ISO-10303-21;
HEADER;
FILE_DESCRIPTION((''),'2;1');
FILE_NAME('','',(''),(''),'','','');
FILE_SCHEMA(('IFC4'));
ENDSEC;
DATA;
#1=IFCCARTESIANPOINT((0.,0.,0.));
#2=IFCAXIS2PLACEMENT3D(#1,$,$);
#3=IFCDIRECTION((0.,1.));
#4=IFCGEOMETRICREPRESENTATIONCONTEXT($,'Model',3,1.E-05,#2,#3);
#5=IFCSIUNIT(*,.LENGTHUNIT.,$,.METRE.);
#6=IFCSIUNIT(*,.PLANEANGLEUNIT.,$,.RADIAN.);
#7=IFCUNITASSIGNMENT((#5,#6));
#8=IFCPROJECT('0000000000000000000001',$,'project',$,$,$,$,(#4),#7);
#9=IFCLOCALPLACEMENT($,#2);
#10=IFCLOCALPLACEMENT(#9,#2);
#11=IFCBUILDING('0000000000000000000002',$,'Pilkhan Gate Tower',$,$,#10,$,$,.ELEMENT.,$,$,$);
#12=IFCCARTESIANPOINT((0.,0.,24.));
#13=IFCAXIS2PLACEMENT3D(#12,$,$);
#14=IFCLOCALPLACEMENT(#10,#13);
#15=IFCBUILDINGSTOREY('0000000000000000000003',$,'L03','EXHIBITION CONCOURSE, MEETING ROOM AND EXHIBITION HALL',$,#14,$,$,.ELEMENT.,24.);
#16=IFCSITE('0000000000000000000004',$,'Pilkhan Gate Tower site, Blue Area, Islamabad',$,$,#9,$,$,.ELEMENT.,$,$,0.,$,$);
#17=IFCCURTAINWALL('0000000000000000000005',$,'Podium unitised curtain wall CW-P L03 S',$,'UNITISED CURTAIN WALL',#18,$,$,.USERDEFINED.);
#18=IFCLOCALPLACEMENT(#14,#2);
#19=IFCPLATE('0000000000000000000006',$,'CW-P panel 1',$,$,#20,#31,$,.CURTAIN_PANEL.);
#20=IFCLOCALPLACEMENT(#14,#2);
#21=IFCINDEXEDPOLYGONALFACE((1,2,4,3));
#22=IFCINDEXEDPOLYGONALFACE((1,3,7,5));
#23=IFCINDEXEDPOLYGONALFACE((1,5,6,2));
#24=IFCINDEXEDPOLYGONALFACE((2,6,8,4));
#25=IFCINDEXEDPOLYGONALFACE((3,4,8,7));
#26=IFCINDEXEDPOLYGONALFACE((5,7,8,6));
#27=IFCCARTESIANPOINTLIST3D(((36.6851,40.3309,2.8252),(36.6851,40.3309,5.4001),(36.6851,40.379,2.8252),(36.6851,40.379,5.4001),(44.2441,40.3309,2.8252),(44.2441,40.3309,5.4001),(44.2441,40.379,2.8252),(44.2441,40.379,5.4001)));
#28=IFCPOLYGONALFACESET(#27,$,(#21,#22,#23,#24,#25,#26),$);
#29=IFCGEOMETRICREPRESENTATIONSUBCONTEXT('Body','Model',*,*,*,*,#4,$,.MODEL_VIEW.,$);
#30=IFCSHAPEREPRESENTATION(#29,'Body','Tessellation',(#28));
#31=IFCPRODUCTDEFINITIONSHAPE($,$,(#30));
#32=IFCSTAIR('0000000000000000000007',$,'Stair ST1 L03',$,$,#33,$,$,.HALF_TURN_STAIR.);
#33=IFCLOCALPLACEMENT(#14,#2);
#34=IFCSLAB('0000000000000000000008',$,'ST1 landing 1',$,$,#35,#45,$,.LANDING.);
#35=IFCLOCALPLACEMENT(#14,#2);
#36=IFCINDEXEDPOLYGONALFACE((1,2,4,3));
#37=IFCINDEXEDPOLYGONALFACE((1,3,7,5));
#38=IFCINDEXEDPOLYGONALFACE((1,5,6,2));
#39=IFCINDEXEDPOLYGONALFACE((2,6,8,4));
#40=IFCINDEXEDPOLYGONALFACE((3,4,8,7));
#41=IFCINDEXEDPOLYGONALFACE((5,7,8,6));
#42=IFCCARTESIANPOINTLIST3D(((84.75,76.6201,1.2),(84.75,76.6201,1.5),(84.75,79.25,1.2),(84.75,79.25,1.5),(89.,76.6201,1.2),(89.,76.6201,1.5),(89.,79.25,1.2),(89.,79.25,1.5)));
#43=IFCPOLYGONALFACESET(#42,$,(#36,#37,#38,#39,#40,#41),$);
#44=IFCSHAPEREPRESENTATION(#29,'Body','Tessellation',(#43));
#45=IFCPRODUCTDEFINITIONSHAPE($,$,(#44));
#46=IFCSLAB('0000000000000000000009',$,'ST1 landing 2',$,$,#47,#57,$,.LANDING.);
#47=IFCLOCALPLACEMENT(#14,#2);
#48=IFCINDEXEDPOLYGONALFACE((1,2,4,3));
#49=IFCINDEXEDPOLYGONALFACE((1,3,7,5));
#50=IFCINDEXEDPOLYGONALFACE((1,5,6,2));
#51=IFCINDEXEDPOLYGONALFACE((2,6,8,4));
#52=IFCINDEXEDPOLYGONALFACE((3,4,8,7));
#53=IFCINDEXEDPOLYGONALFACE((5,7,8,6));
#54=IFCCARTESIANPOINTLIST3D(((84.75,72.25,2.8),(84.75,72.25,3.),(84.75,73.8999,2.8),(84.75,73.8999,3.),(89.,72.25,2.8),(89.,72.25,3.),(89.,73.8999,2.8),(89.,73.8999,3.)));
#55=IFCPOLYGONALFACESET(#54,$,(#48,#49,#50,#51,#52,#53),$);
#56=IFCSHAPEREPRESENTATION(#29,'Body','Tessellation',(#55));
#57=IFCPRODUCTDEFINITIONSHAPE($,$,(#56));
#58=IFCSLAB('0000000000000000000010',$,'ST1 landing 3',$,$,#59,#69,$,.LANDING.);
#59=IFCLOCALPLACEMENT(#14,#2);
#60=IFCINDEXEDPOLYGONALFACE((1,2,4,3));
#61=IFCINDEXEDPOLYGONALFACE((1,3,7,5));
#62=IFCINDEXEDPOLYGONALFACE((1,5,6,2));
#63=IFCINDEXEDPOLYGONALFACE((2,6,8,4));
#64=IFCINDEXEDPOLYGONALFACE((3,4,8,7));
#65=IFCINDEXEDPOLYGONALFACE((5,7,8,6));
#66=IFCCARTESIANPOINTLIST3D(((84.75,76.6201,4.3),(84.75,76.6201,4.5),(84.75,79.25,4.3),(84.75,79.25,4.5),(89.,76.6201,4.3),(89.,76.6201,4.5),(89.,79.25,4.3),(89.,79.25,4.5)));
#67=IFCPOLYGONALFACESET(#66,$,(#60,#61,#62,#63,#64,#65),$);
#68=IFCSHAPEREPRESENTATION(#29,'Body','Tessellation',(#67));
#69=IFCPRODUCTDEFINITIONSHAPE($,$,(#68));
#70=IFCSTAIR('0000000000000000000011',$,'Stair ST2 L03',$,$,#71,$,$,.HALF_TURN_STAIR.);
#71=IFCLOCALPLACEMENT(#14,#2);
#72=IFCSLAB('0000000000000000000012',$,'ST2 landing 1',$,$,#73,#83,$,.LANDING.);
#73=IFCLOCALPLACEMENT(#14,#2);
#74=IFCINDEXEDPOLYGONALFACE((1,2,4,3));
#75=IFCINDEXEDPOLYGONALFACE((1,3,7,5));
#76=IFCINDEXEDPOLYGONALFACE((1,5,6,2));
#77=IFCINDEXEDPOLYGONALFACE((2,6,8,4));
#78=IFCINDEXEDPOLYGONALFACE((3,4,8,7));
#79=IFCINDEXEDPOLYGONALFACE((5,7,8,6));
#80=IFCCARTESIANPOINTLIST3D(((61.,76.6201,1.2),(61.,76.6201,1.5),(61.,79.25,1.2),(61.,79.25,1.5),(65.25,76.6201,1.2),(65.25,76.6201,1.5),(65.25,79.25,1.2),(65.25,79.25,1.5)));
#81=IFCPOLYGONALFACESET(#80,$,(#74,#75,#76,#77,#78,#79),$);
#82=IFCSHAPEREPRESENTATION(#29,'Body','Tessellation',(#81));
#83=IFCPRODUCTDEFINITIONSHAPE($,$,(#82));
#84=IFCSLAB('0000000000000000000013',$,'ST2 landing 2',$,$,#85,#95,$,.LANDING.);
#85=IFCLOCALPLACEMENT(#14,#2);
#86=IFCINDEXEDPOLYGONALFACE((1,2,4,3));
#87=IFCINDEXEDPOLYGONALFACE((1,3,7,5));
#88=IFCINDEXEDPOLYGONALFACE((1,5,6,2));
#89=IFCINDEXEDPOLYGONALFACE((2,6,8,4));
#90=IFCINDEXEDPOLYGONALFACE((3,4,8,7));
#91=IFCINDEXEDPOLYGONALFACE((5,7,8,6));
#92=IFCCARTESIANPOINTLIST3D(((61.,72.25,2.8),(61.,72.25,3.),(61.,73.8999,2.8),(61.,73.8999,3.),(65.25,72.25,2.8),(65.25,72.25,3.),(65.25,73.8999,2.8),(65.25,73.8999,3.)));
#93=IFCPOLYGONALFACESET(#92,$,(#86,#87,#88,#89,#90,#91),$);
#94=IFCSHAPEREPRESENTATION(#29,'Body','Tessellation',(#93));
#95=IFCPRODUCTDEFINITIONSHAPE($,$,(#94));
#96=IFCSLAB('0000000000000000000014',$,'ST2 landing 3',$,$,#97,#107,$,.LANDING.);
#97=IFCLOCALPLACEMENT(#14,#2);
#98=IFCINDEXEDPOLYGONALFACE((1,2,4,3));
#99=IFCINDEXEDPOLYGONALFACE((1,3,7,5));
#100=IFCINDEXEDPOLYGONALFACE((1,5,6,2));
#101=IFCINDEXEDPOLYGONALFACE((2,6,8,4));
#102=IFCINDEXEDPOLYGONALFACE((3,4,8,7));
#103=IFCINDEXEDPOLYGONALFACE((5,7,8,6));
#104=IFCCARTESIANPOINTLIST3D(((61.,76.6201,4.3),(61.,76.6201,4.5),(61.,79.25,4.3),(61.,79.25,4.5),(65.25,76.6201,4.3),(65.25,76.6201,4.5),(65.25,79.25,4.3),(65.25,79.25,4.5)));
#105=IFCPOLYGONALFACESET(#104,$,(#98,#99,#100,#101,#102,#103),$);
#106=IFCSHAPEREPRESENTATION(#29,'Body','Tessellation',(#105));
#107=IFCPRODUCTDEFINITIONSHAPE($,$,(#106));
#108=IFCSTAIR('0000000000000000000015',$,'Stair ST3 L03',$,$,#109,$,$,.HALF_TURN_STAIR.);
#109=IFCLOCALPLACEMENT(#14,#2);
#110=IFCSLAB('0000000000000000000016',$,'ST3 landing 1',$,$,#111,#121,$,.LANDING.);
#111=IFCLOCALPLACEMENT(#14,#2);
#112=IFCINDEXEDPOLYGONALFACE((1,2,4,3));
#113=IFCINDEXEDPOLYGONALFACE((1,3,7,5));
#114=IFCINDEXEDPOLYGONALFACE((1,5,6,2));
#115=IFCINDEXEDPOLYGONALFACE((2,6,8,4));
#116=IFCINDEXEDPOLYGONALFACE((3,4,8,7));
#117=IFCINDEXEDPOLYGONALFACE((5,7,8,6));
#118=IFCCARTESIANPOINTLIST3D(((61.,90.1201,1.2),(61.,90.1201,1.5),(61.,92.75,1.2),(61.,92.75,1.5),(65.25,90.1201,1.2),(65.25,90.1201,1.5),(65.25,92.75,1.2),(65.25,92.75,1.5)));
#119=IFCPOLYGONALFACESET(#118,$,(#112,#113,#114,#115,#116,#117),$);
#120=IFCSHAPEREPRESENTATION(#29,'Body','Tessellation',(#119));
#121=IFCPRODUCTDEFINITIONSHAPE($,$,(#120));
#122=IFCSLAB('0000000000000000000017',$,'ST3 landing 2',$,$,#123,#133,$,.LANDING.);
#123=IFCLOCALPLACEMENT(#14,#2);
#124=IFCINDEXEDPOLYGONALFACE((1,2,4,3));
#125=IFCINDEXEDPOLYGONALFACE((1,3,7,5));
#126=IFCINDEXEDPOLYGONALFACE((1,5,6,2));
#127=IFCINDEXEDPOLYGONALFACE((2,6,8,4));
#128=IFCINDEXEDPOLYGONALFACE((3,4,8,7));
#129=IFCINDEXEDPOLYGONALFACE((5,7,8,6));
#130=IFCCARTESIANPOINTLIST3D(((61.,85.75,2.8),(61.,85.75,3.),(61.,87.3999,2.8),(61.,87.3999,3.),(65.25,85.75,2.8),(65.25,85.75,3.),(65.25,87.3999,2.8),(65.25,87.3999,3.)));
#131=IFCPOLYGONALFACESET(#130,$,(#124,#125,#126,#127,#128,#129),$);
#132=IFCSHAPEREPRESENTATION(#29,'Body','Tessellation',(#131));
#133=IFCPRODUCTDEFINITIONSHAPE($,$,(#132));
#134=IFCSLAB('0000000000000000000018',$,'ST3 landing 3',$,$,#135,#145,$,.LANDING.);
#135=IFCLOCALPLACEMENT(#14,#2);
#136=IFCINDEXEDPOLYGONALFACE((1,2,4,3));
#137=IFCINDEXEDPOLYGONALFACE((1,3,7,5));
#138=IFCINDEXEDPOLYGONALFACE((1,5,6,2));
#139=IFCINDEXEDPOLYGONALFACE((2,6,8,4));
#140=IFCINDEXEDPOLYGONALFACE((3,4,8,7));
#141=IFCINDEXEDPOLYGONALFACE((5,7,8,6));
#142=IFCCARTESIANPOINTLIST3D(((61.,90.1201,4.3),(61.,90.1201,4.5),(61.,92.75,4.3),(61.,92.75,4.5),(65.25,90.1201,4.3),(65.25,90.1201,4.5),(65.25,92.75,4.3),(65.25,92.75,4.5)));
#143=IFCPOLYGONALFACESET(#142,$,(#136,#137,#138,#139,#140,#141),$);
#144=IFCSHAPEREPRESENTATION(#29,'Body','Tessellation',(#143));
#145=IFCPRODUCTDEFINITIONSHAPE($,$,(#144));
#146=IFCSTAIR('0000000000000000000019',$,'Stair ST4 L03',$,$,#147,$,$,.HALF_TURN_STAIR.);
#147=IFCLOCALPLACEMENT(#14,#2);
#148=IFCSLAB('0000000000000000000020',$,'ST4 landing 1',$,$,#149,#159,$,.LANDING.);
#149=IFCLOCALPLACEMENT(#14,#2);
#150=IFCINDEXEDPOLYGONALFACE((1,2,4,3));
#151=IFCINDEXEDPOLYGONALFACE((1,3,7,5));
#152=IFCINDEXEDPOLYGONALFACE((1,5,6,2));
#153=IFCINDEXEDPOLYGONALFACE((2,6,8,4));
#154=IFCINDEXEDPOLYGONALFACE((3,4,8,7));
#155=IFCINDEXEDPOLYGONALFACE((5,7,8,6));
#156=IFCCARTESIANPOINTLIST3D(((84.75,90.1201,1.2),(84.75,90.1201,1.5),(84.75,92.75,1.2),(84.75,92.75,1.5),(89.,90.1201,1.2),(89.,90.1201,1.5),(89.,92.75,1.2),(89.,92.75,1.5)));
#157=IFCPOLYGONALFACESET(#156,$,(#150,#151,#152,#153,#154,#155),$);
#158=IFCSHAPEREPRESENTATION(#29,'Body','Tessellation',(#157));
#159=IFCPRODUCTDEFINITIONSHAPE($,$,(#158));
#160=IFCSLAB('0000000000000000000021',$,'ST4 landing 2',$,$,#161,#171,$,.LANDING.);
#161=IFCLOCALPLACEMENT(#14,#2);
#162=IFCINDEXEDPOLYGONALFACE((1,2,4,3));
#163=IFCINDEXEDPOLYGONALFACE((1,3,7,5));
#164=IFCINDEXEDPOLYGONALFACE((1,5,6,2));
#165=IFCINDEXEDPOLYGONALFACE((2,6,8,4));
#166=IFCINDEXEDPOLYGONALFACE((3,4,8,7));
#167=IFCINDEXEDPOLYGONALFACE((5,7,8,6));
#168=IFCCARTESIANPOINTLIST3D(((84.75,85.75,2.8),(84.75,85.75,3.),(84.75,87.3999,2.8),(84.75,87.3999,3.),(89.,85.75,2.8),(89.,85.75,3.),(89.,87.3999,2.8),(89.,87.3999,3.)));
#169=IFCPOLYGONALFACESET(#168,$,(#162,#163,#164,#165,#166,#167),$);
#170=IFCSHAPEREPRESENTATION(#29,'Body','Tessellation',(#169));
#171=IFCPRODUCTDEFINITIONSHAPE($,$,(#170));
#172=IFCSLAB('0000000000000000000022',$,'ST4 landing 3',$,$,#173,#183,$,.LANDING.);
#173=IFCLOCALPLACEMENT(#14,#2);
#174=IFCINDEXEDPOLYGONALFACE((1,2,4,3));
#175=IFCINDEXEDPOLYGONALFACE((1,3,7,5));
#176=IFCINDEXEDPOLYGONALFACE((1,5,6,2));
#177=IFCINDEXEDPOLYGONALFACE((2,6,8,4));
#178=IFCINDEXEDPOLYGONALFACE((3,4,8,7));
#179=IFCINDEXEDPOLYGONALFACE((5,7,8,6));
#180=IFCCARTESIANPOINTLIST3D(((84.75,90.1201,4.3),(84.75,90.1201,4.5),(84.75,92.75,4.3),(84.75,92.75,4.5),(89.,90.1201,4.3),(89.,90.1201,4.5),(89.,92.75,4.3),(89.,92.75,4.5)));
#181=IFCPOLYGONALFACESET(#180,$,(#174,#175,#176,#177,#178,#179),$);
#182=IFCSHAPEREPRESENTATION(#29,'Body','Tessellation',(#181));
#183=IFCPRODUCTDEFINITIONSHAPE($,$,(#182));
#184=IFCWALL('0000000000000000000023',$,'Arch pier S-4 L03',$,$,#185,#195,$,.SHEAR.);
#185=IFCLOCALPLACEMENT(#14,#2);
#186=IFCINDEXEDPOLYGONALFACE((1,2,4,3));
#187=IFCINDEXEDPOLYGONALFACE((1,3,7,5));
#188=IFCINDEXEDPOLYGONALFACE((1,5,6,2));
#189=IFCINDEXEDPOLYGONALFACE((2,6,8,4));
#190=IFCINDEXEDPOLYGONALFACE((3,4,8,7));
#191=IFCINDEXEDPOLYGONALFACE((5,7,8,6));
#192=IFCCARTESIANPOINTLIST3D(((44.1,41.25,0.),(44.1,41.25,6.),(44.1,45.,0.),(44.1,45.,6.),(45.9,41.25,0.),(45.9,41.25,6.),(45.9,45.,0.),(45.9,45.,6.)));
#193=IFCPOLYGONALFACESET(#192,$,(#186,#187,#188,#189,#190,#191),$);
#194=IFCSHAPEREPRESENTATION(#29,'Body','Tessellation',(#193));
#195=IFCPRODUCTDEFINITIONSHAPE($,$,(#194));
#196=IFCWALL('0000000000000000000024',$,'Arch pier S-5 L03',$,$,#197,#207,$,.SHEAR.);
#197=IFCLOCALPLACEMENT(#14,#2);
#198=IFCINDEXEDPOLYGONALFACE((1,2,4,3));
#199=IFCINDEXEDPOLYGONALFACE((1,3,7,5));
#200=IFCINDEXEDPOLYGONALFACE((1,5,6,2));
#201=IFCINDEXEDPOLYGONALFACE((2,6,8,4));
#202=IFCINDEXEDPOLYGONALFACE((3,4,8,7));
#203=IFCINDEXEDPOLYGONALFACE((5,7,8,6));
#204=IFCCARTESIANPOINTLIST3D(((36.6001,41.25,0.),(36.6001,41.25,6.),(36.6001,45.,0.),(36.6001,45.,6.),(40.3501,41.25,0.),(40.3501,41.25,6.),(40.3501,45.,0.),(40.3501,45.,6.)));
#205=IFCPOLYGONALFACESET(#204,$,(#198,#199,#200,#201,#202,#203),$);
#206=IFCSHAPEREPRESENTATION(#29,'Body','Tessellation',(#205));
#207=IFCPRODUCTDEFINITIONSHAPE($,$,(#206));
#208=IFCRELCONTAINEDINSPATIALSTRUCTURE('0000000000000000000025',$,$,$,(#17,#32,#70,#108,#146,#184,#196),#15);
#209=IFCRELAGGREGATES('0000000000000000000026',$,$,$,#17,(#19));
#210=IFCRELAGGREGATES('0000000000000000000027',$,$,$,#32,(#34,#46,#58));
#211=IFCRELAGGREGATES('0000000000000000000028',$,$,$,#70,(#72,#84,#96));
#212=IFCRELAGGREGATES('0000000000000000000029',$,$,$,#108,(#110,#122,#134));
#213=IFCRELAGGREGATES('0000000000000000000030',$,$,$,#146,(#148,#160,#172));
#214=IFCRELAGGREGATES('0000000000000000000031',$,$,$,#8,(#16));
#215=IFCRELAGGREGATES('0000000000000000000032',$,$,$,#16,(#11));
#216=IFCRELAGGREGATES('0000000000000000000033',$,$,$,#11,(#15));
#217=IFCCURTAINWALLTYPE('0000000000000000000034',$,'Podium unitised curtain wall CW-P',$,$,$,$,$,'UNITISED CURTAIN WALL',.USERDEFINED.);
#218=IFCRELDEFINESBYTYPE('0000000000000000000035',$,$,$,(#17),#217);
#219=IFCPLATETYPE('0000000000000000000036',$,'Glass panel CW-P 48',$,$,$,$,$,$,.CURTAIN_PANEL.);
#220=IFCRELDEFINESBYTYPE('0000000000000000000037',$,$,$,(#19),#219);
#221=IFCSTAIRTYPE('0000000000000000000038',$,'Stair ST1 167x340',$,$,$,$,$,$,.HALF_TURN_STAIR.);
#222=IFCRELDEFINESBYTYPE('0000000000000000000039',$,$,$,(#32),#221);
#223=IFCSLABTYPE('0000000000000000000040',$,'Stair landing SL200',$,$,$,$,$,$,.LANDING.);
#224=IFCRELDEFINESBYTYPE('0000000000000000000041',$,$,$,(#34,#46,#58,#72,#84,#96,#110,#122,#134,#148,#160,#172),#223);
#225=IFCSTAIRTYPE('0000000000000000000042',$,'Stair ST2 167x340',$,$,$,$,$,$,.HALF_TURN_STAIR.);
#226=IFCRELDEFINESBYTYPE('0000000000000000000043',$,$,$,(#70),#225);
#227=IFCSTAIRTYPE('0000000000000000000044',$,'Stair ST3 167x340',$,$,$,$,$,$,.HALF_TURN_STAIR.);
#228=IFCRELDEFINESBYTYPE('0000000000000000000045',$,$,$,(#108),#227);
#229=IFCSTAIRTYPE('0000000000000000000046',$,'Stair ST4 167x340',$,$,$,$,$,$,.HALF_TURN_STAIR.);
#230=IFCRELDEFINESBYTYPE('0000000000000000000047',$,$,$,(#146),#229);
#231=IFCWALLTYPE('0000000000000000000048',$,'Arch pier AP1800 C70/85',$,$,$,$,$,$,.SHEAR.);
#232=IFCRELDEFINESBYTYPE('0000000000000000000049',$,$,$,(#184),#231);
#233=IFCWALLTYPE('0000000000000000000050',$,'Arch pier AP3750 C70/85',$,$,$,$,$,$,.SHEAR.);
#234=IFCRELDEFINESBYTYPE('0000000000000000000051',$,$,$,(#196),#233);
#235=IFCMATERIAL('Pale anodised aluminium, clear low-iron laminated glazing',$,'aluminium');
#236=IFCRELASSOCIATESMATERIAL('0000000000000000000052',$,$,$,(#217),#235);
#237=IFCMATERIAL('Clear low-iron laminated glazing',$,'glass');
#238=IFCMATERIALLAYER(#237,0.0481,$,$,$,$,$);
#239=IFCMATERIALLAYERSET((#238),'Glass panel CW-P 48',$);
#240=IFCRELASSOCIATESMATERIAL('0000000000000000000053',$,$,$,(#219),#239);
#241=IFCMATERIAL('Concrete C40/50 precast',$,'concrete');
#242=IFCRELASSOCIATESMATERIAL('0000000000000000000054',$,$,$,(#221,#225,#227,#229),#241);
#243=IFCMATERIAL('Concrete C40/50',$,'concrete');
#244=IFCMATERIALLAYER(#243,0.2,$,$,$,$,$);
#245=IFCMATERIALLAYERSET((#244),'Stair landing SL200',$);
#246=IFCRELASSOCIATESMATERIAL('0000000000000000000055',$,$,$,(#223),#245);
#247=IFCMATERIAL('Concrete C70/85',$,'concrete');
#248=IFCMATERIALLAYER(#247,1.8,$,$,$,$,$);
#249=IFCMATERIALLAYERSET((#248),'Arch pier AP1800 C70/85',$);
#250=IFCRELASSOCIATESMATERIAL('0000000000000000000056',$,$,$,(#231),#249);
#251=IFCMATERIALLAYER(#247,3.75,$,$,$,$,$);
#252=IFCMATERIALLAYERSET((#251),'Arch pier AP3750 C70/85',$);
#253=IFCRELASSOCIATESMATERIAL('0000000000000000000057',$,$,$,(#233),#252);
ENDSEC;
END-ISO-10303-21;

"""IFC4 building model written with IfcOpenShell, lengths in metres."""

from ifc_helpers import new_model, si_unit, direction, frame, frame_2d, origin, origin_2d, place, context, subcontext, project, spatial, polyline, rectangle, outline, extrude, material, layer, layer_set, type_object, element, aggregate, save


model = new_model("IFC4")

# Units and contexts
model_context = context("Model", 3, precision=1e-05, world=origin(), true_north=direction((0.0, 1.0)))
body_context = subcontext(model_context, "Body", "Model", "MODEL_VIEW")
ifc_project = project(units=[si_unit("LENGTHUNIT", "METRE"), si_unit("PLANEANGLEUNIT", "RADIAN")], contexts=[model_context])

# Site, building, storey
site_placement = place(None, origin())
site = spatial("IfcSite", under=ifc_project, at=site_placement, Name="Pilkhan Gate Tower site, Blue Area, Islamabad", CompositionType="ELEMENT", RefElevation=0.0)
building_placement = place(site_placement, origin())
building = spatial("IfcBuilding", under=site, at=building_placement, Name="Pilkhan Gate Tower", CompositionType="ELEMENT")
storey_placement = place(building_placement, frame((0.0, 0.0, 24.0)))
storey = spatial("IfcBuildingStorey", under=building, at=storey_placement, Name="L03", Description="EXHIBITION CONCOURSE, MEETING ROOM AND EXHIBITION HALL", CompositionType="ELEMENT", Elevation=24.0)

# Shared definitions
ifc_material_1 = material(Name="Pale anodised aluminium, clear low-iron laminated glazing", Category="aluminium")
curtain_wall_type = type_object("IfcCurtainWallType", Name="Podium unitised curtain wall CW-P", ElementType="UNITISED CURTAIN WALL", PredefinedType="USERDEFINED", material=ifc_material_1)

# Curtain wall
curtain_wall_1_placement = place(storey_placement, origin())
curtain_wall_1 = element("IfcCurtainWall", 1, at=curtain_wall_1_placement, inside=storey, type_object=curtain_wall_type, Name="Podium unitised curtain wall CW-P L03 S", ObjectType="UNITISED CURTAIN WALL", PredefinedType="USERDEFINED")

# Shared definitions
ifc_material_2 = material(Name="Concrete C40/50", Category="concrete")

# Plate
ifc_material_3 = material(Name="Clear low-iron laminated glazing", Category="glass")
ifc_layer_1 = layer(ifc_material_3, 0.0481)
ifc_layer_set_1 = layer_set([ifc_layer_1], Name="Glass panel CW-P 48")
plate_type = type_object("IfcPlateType", Name="Glass panel CW-P 48", PredefinedType="CURTAIN_PANEL", material=ifc_layer_set_1)
plate_1_placement = place(storey_placement, frame((40.4646, 40.355, 2.8252), z_axis=(0.0, 0.0, 1.0), x_axis=(1.0, 0.0, 0.0)))
plate_1 = element("IfcPlate", 2, at=plate_1_placement, type_object=plate_type, Name="CW-P panel 1", PredefinedType="CURTAIN_PANEL", context=body_context, shape_type="SweptSolid", body=[
    extrude(rectangle(XDim=7.5591, YDim=0.0481, at=origin_2d()), origin(), (0.0, 0.0, 1.0), 2.575),
])
aggregate(curtain_wall_1, [plate_1])

# Stairs, slabs
ifc_material_4 = material(Name="Concrete C40/50 precast", Category="concrete")
stair_type_1 = type_object("IfcStairType", Name="Stair ST1 167x340", PredefinedType="HALF_TURN_STAIR", material=ifc_material_4)
stair_1_placement = place(storey_placement, origin())
stair_1 = element("IfcStair", 3, at=stair_1_placement, inside=storey, type_object=stair_type_1, Name="Stair ST1 L03", PredefinedType="HALF_TURN_STAIR")
ifc_layer_2 = layer(ifc_material_2, 0.2)
ifc_layer_set_2 = layer_set([ifc_layer_2], Name="Stair landing SL200")
slab_type_1 = type_object("IfcSlabType", Name="Stair landing SL200", PredefinedType="LANDING", material=ifc_layer_set_2)
slab_1_placement = place(storey_placement, frame((0.0, 0.0, 1.2)))
slab_1 = element("IfcSlab", 4, at=slab_1_placement, type_object=slab_type_1, Name="ST1 landing 1", PredefinedType="LANDING", context=body_context, shape_type="SweptSolid", body=[
    extrude(outline(polyline([(89.0, 76.6201), (89.0, 79.25), (84.75, 79.25), (84.75, 76.6201), (89.0, 76.6201)])), origin(), (0.0, 0.0, 1.0), 0.3),
])
slab_2_placement = place(storey_placement, frame((0.0, 0.0, 2.8)))
slab_2 = element("IfcSlab", 5, at=slab_2_placement, type_object=slab_type_1, Name="ST1 landing 2", PredefinedType="LANDING", context=body_context, shape_type="SweptSolid", body=[
    extrude(outline(polyline([(89.0, 72.25), (89.0, 73.8999), (84.75, 73.8999), (84.75, 72.25), (89.0, 72.25)])), origin(), (0.0, 0.0, 1.0), 0.2),
])
slab_3_placement = place(storey_placement, frame((0.0, 0.0, 4.3)))
slab_3 = element("IfcSlab", 6, at=slab_3_placement, type_object=slab_type_1, Name="ST1 landing 3", PredefinedType="LANDING", context=body_context, shape_type="SweptSolid", body=[
    extrude(outline(polyline([(89.0, 76.6201), (89.0, 79.25), (84.75, 79.25), (84.75, 76.6201), (89.0, 76.6201)])), origin(), (0.0, 0.0, 1.0), 0.2),
])
aggregate(stair_1, [slab_1, slab_2, slab_3])
stair_type_2 = type_object("IfcStairType", Name="Stair ST2 167x340", PredefinedType="HALF_TURN_STAIR", material=ifc_material_4)
stair_2_placement = place(storey_placement, origin())
stair_2 = element("IfcStair", 7, at=stair_2_placement, inside=storey, type_object=stair_type_2, Name="Stair ST2 L03", PredefinedType="HALF_TURN_STAIR")
slab_4_placement = place(storey_placement, frame((0.0, 0.0, 1.2)))
slab_4 = element("IfcSlab", 8, at=slab_4_placement, type_object=slab_type_1, Name="ST2 landing 1", PredefinedType="LANDING", context=body_context, shape_type="SweptSolid", body=[
    extrude(outline(polyline([(65.25, 76.6201), (65.25, 79.25), (61.0, 79.25), (61.0, 76.6201), (65.25, 76.6201)])), origin(), (0.0, 0.0, 1.0), 0.3),
])
slab_5_placement = place(storey_placement, frame((0.0, 0.0, 2.8)))
slab_5 = element("IfcSlab", 9, at=slab_5_placement, type_object=slab_type_1, Name="ST2 landing 2", PredefinedType="LANDING", context=body_context, shape_type="SweptSolid", body=[
    extrude(outline(polyline([(65.25, 72.25), (65.25, 73.8999), (61.0, 73.8999), (61.0, 72.25), (65.25, 72.25)])), origin(), (0.0, 0.0, 1.0), 0.2),
])
slab_6_placement = place(storey_placement, frame((0.0, 0.0, 4.3)))
slab_6 = element("IfcSlab", 10, at=slab_6_placement, type_object=slab_type_1, Name="ST2 landing 3", PredefinedType="LANDING", context=body_context, shape_type="SweptSolid", body=[
    extrude(outline(polyline([(65.25, 76.6201), (65.25, 79.25), (61.0, 79.25), (61.0, 76.6201), (65.25, 76.6201)])), origin(), (0.0, 0.0, 1.0), 0.2),
])
aggregate(stair_2, [slab_4, slab_5, slab_6])
stair_type_3 = type_object("IfcStairType", Name="Stair ST3 167x340", PredefinedType="HALF_TURN_STAIR", material=ifc_material_4)
stair_3_placement = place(storey_placement, origin())
stair_3 = element("IfcStair", 11, at=stair_3_placement, inside=storey, type_object=stair_type_3, Name="Stair ST3 L03", PredefinedType="HALF_TURN_STAIR")
slab_7_placement = place(storey_placement, frame((0.0, 0.0, 1.2)))
slab_7 = element("IfcSlab", 12, at=slab_7_placement, type_object=slab_type_1, Name="ST3 landing 1", PredefinedType="LANDING", context=body_context, shape_type="SweptSolid", body=[
    extrude(outline(polyline([(65.25, 90.1201), (65.25, 92.75), (61.0, 92.75), (61.0, 90.1201), (65.25, 90.1201)])), origin(), (0.0, 0.0, 1.0), 0.3),
])
slab_8_placement = place(storey_placement, frame((0.0, 0.0, 2.8)))
slab_8 = element("IfcSlab", 13, at=slab_8_placement, type_object=slab_type_1, Name="ST3 landing 2", PredefinedType="LANDING", context=body_context, shape_type="SweptSolid", body=[
    extrude(outline(polyline([(65.25, 85.75), (65.25, 87.3999), (61.0, 87.3999), (61.0, 85.75), (65.25, 85.75)])), origin(), (0.0, 0.0, 1.0), 0.2),
])
slab_9_placement = place(storey_placement, frame((0.0, 0.0, 4.3)))
slab_9 = element("IfcSlab", 14, at=slab_9_placement, type_object=slab_type_1, Name="ST3 landing 3", PredefinedType="LANDING", context=body_context, shape_type="SweptSolid", body=[
    extrude(outline(polyline([(65.25, 90.1201), (65.25, 92.75), (61.0, 92.75), (61.0, 90.1201), (65.25, 90.1201)])), origin(), (0.0, 0.0, 1.0), 0.2),
])
aggregate(stair_3, [slab_7, slab_8, slab_9])
stair_type_4 = type_object("IfcStairType", Name="Stair ST4 167x340", PredefinedType="HALF_TURN_STAIR", material=ifc_material_4)
stair_4_placement = place(storey_placement, origin())
stair_4 = element("IfcStair", 15, at=stair_4_placement, inside=storey, type_object=stair_type_4, Name="Stair ST4 L03", PredefinedType="HALF_TURN_STAIR")
slab_10_placement = place(storey_placement, frame((0.0, 0.0, 1.2)))
slab_10 = element("IfcSlab", 16, at=slab_10_placement, type_object=slab_type_1, Name="ST4 landing 1", PredefinedType="LANDING", context=body_context, shape_type="SweptSolid", body=[
    extrude(outline(polyline([(89.0, 90.1201), (89.0, 92.75), (84.75, 92.75), (84.75, 90.1201), (89.0, 90.1201)])), origin(), (0.0, 0.0, 1.0), 0.3),
])
slab_11_placement = place(storey_placement, frame((0.0, 0.0, 2.8)))
slab_11 = element("IfcSlab", 17, at=slab_11_placement, type_object=slab_type_1, Name="ST4 landing 2", PredefinedType="LANDING", context=body_context, shape_type="SweptSolid", body=[
    extrude(outline(polyline([(89.0, 85.75), (89.0, 87.3999), (84.75, 87.3999), (84.75, 85.75), (89.0, 85.75)])), origin(), (0.0, 0.0, 1.0), 0.2),
])
slab_12_placement = place(storey_placement, frame((0.0, 0.0, 4.3)))
slab_12 = element("IfcSlab", 18, at=slab_12_placement, type_object=slab_type_1, Name="ST4 landing 3", PredefinedType="LANDING", context=body_context, shape_type="SweptSolid", body=[
    extrude(outline(polyline([(89.0, 90.1201), (89.0, 92.75), (84.75, 92.75), (84.75, 90.1201), (89.0, 90.1201)])), origin(), (0.0, 0.0, 1.0), 0.2),
])
aggregate(stair_4, [slab_10, slab_11, slab_12])

# Walls
ifc_material_5 = material(Name="Concrete C70/85", Category="concrete")
ifc_layer_3 = layer(ifc_material_5, 1.8)
ifc_layer_set_3 = layer_set([ifc_layer_3], Name="Arch pier AP1800 C70/85")
wall_type_1 = type_object("IfcWallType", Name="Arch pier AP1800 C70/85", PredefinedType="SHEAR", material=ifc_layer_set_3)
wall_1_placement = place(storey_placement, frame((45.0, 41.25, 0.0), z_axis=(0.0, 0.0, 1.0), x_axis=(0.0, 1.0, 0.0)))
element("IfcWall", 19, at=wall_1_placement, inside=storey, type_object=wall_type_1, Name="Arch pier S-4 L03", PredefinedType="SHEAR", context=body_context, shape_type="SweptSolid", body=[
    extrude(rectangle(XDim=3.75, YDim=1.8, at=frame_2d((1.875, 0.0))), origin(), (0.0, 0.0, 1.0), 6.0),
])
ifc_layer_4 = layer(ifc_material_5, 3.75)
ifc_layer_set_4 = layer_set([ifc_layer_4], Name="Arch pier AP3750 C70/85")
wall_type_2 = type_object("IfcWallType", Name="Arch pier AP3750 C70/85", PredefinedType="SHEAR", material=ifc_layer_set_4)
wall_2_placement = place(storey_placement, frame((38.4751, 41.25, 0.0), z_axis=(0.0, 0.0, 1.0), x_axis=(0.0, 1.0, 0.0)))
element("IfcWall", 20, at=wall_2_placement, inside=storey, type_object=wall_type_2, Name="Arch pier S-5 L03", PredefinedType="SHEAR", context=body_context, shape_type="SweptSolid", body=[
    extrude(rectangle(XDim=3.75, YDim=3.75, at=frame_2d((1.875, 0.0))), origin(), (0.0, 0.0, 1.0), 6.0),
])

save(model, "model.ifc")
